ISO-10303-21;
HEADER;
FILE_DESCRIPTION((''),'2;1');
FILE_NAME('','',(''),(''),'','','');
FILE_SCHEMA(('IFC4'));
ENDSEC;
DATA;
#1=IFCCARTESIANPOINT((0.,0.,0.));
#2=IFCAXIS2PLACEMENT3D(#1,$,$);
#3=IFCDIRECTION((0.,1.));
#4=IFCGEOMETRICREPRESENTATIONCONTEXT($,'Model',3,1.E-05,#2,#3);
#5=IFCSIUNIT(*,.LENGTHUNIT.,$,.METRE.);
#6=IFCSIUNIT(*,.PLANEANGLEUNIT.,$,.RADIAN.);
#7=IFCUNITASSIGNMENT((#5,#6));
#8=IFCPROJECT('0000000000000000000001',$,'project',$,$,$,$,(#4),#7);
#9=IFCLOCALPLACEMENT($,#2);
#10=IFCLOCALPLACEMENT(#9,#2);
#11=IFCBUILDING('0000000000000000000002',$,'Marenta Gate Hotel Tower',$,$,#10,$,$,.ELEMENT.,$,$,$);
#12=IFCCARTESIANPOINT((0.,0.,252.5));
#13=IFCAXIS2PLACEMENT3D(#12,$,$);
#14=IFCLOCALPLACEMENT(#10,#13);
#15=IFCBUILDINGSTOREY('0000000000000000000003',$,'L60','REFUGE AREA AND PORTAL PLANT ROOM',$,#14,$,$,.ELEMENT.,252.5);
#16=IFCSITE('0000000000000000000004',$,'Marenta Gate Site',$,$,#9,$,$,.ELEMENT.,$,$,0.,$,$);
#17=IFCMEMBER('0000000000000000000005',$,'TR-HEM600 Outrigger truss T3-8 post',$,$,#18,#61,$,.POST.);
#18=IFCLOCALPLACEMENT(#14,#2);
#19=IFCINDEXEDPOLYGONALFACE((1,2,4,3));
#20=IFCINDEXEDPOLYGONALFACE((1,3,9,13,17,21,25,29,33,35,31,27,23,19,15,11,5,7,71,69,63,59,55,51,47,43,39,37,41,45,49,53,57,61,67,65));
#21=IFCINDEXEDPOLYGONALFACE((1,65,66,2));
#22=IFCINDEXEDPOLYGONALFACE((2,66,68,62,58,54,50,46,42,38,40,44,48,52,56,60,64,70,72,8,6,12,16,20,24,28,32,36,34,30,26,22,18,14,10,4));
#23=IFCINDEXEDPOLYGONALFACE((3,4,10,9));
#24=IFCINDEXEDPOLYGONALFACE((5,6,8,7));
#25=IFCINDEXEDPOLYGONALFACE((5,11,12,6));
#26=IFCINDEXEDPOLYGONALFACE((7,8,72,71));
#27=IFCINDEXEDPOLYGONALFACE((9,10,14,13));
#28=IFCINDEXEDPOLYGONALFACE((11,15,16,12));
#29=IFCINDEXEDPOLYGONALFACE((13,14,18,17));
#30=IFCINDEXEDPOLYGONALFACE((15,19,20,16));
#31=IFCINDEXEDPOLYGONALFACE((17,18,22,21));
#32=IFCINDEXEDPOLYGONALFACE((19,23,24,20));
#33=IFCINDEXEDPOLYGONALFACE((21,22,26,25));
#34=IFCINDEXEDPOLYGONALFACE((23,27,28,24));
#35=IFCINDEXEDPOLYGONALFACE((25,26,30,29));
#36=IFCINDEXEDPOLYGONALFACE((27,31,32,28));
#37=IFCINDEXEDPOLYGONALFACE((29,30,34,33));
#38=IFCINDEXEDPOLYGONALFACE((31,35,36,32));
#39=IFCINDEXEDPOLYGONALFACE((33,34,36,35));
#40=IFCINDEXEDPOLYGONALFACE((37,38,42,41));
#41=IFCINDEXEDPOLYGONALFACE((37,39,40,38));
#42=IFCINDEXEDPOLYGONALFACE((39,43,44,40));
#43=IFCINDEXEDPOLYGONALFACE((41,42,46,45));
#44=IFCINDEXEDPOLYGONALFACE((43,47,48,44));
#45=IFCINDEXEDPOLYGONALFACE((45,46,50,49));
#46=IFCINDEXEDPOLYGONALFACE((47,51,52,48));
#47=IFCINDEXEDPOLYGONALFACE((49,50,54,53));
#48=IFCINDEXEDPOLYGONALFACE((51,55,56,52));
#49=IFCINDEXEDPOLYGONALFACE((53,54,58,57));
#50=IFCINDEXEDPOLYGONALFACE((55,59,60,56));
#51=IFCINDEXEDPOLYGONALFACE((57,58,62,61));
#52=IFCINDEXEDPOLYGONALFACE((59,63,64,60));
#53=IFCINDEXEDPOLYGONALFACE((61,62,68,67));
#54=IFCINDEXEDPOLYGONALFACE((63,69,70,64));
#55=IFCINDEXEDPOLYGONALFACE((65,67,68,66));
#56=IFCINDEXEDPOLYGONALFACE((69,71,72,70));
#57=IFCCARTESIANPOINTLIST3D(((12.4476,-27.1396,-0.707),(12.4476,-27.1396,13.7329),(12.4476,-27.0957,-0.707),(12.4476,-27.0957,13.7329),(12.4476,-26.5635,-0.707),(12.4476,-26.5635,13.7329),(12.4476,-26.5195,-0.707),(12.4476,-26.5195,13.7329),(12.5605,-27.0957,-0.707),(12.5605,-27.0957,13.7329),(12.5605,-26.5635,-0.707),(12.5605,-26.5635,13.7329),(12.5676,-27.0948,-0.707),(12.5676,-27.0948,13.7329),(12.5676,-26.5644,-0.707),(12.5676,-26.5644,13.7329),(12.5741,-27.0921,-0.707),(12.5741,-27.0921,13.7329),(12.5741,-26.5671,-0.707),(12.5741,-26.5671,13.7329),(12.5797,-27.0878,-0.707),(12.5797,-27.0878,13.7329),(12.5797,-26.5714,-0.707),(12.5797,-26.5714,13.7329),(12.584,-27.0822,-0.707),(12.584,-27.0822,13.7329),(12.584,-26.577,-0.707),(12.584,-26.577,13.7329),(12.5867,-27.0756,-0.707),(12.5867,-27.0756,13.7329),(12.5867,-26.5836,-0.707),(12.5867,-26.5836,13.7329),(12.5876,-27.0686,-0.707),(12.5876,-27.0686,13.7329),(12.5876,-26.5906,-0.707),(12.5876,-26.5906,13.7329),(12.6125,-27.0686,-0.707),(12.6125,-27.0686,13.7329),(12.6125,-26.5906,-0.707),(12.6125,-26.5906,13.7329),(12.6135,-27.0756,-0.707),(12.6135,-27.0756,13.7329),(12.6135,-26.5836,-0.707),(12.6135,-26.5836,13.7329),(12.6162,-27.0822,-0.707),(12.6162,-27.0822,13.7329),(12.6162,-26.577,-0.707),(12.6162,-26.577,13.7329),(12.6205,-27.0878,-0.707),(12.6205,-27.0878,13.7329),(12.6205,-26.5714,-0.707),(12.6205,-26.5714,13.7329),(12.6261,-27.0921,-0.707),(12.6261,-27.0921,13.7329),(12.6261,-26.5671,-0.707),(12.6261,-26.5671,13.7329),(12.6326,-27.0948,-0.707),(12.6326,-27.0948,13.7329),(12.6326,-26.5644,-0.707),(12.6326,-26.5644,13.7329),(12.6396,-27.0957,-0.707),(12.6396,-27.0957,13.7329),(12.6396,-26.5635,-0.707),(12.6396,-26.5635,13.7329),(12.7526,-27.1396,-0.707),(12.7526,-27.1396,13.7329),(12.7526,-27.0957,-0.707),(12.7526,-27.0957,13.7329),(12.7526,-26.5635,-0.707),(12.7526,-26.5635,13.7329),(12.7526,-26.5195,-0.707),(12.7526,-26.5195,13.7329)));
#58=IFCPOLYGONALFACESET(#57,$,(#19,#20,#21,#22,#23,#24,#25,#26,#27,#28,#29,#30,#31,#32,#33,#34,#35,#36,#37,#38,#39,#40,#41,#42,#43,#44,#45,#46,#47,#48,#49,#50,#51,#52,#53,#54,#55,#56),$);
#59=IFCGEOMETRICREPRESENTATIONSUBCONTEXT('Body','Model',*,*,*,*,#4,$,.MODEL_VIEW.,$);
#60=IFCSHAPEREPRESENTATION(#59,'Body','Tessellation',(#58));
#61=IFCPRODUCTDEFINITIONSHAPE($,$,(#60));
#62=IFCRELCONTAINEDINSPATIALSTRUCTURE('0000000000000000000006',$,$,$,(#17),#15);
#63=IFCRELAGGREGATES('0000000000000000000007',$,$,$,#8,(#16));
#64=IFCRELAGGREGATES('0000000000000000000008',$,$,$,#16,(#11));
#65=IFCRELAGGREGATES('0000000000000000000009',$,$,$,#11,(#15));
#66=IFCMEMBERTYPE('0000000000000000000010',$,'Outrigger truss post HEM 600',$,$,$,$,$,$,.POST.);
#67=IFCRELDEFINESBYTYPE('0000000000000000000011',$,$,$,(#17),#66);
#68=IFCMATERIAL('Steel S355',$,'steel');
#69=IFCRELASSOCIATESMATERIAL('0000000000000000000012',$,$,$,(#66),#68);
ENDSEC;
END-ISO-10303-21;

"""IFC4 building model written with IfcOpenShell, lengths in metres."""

from ifc_helpers import new_model, si_unit, direction, frame, origin, origin_2d, place, context, subcontext, project, spatial, i_section, extrude, material, material_profile, profile_set, type_object, element, save


model = new_model("IFC4")

# Units and contexts
model_context = context("Model", 3, precision=1e-05, world=origin(), true_north=direction((0.0, 1.0)))
body_context = subcontext(model_context, "Body", "Model", "MODEL_VIEW")
ifc_project = project(units=[si_unit("LENGTHUNIT", "METRE"), si_unit("PLANEANGLEUNIT", "RADIAN")], contexts=[model_context])

# Site, building, storey
site_placement = place(None, origin())
site = spatial("IfcSite", under=ifc_project, at=site_placement, Name="Marenta Gate Site", CompositionType="ELEMENT", RefElevation=0.0)
building_placement = place(site_placement, origin())
building = spatial("IfcBuilding", under=site, at=building_placement, Name="Marenta Gate Hotel Tower", CompositionType="ELEMENT")
storey_placement = place(building_placement, frame((0.0, 0.0, 252.5)))
storey = spatial("IfcBuildingStorey", under=building, at=storey_placement, Name="L60", Description="REFUGE AREA AND PORTAL PLANT ROOM", CompositionType="ELEMENT", Elevation=252.5)

# Member
ifc_material_1 = material(Name="Steel S355", Category="steel")
ifc_material_profile_1 = material_profile(ifc_material_1, i_section(OverallWidth=0.3049, OverallDepth=0.6201, WebThickness=0.0249, FlangeThickness=0.0439, FilletRadius=0.0271, at=origin_2d()), Name="HEM 600")
ifc_profile_set_1 = profile_set([ifc_material_profile_1], Name="Steel S355")
member_type_1 = type_object("IfcMemberType", Name="Outrigger truss post HEM 600", PredefinedType="POST", material=ifc_profile_set_1)
for number, where, z_axis, x_axis, name in (
    (1, (12.6001, -26.8296, -0.707), (0.0, 0.0, 1.0), (1.0, 0.0, 0.0), "TR-HEM600 Outrigger truss T3-8 post"),
):
    element("IfcMember", number, at=place(storey_placement, frame(where, z_axis=z_axis, x_axis=x_axis)), inside=storey, type_object=member_type_1, Name=name, PredefinedType="POST", context=body_context, shape_type="SweptSolid", body=[
        extrude(i_section(OverallWidth=0.3049, OverallDepth=0.6201, WebThickness=0.0249, FlangeThickness=0.0439, FilletRadius=0.0271, at=origin_2d()), origin(), (0.0, 0.0, 1.0), 14.4399),
    ])

save(model, "model.ifc")
